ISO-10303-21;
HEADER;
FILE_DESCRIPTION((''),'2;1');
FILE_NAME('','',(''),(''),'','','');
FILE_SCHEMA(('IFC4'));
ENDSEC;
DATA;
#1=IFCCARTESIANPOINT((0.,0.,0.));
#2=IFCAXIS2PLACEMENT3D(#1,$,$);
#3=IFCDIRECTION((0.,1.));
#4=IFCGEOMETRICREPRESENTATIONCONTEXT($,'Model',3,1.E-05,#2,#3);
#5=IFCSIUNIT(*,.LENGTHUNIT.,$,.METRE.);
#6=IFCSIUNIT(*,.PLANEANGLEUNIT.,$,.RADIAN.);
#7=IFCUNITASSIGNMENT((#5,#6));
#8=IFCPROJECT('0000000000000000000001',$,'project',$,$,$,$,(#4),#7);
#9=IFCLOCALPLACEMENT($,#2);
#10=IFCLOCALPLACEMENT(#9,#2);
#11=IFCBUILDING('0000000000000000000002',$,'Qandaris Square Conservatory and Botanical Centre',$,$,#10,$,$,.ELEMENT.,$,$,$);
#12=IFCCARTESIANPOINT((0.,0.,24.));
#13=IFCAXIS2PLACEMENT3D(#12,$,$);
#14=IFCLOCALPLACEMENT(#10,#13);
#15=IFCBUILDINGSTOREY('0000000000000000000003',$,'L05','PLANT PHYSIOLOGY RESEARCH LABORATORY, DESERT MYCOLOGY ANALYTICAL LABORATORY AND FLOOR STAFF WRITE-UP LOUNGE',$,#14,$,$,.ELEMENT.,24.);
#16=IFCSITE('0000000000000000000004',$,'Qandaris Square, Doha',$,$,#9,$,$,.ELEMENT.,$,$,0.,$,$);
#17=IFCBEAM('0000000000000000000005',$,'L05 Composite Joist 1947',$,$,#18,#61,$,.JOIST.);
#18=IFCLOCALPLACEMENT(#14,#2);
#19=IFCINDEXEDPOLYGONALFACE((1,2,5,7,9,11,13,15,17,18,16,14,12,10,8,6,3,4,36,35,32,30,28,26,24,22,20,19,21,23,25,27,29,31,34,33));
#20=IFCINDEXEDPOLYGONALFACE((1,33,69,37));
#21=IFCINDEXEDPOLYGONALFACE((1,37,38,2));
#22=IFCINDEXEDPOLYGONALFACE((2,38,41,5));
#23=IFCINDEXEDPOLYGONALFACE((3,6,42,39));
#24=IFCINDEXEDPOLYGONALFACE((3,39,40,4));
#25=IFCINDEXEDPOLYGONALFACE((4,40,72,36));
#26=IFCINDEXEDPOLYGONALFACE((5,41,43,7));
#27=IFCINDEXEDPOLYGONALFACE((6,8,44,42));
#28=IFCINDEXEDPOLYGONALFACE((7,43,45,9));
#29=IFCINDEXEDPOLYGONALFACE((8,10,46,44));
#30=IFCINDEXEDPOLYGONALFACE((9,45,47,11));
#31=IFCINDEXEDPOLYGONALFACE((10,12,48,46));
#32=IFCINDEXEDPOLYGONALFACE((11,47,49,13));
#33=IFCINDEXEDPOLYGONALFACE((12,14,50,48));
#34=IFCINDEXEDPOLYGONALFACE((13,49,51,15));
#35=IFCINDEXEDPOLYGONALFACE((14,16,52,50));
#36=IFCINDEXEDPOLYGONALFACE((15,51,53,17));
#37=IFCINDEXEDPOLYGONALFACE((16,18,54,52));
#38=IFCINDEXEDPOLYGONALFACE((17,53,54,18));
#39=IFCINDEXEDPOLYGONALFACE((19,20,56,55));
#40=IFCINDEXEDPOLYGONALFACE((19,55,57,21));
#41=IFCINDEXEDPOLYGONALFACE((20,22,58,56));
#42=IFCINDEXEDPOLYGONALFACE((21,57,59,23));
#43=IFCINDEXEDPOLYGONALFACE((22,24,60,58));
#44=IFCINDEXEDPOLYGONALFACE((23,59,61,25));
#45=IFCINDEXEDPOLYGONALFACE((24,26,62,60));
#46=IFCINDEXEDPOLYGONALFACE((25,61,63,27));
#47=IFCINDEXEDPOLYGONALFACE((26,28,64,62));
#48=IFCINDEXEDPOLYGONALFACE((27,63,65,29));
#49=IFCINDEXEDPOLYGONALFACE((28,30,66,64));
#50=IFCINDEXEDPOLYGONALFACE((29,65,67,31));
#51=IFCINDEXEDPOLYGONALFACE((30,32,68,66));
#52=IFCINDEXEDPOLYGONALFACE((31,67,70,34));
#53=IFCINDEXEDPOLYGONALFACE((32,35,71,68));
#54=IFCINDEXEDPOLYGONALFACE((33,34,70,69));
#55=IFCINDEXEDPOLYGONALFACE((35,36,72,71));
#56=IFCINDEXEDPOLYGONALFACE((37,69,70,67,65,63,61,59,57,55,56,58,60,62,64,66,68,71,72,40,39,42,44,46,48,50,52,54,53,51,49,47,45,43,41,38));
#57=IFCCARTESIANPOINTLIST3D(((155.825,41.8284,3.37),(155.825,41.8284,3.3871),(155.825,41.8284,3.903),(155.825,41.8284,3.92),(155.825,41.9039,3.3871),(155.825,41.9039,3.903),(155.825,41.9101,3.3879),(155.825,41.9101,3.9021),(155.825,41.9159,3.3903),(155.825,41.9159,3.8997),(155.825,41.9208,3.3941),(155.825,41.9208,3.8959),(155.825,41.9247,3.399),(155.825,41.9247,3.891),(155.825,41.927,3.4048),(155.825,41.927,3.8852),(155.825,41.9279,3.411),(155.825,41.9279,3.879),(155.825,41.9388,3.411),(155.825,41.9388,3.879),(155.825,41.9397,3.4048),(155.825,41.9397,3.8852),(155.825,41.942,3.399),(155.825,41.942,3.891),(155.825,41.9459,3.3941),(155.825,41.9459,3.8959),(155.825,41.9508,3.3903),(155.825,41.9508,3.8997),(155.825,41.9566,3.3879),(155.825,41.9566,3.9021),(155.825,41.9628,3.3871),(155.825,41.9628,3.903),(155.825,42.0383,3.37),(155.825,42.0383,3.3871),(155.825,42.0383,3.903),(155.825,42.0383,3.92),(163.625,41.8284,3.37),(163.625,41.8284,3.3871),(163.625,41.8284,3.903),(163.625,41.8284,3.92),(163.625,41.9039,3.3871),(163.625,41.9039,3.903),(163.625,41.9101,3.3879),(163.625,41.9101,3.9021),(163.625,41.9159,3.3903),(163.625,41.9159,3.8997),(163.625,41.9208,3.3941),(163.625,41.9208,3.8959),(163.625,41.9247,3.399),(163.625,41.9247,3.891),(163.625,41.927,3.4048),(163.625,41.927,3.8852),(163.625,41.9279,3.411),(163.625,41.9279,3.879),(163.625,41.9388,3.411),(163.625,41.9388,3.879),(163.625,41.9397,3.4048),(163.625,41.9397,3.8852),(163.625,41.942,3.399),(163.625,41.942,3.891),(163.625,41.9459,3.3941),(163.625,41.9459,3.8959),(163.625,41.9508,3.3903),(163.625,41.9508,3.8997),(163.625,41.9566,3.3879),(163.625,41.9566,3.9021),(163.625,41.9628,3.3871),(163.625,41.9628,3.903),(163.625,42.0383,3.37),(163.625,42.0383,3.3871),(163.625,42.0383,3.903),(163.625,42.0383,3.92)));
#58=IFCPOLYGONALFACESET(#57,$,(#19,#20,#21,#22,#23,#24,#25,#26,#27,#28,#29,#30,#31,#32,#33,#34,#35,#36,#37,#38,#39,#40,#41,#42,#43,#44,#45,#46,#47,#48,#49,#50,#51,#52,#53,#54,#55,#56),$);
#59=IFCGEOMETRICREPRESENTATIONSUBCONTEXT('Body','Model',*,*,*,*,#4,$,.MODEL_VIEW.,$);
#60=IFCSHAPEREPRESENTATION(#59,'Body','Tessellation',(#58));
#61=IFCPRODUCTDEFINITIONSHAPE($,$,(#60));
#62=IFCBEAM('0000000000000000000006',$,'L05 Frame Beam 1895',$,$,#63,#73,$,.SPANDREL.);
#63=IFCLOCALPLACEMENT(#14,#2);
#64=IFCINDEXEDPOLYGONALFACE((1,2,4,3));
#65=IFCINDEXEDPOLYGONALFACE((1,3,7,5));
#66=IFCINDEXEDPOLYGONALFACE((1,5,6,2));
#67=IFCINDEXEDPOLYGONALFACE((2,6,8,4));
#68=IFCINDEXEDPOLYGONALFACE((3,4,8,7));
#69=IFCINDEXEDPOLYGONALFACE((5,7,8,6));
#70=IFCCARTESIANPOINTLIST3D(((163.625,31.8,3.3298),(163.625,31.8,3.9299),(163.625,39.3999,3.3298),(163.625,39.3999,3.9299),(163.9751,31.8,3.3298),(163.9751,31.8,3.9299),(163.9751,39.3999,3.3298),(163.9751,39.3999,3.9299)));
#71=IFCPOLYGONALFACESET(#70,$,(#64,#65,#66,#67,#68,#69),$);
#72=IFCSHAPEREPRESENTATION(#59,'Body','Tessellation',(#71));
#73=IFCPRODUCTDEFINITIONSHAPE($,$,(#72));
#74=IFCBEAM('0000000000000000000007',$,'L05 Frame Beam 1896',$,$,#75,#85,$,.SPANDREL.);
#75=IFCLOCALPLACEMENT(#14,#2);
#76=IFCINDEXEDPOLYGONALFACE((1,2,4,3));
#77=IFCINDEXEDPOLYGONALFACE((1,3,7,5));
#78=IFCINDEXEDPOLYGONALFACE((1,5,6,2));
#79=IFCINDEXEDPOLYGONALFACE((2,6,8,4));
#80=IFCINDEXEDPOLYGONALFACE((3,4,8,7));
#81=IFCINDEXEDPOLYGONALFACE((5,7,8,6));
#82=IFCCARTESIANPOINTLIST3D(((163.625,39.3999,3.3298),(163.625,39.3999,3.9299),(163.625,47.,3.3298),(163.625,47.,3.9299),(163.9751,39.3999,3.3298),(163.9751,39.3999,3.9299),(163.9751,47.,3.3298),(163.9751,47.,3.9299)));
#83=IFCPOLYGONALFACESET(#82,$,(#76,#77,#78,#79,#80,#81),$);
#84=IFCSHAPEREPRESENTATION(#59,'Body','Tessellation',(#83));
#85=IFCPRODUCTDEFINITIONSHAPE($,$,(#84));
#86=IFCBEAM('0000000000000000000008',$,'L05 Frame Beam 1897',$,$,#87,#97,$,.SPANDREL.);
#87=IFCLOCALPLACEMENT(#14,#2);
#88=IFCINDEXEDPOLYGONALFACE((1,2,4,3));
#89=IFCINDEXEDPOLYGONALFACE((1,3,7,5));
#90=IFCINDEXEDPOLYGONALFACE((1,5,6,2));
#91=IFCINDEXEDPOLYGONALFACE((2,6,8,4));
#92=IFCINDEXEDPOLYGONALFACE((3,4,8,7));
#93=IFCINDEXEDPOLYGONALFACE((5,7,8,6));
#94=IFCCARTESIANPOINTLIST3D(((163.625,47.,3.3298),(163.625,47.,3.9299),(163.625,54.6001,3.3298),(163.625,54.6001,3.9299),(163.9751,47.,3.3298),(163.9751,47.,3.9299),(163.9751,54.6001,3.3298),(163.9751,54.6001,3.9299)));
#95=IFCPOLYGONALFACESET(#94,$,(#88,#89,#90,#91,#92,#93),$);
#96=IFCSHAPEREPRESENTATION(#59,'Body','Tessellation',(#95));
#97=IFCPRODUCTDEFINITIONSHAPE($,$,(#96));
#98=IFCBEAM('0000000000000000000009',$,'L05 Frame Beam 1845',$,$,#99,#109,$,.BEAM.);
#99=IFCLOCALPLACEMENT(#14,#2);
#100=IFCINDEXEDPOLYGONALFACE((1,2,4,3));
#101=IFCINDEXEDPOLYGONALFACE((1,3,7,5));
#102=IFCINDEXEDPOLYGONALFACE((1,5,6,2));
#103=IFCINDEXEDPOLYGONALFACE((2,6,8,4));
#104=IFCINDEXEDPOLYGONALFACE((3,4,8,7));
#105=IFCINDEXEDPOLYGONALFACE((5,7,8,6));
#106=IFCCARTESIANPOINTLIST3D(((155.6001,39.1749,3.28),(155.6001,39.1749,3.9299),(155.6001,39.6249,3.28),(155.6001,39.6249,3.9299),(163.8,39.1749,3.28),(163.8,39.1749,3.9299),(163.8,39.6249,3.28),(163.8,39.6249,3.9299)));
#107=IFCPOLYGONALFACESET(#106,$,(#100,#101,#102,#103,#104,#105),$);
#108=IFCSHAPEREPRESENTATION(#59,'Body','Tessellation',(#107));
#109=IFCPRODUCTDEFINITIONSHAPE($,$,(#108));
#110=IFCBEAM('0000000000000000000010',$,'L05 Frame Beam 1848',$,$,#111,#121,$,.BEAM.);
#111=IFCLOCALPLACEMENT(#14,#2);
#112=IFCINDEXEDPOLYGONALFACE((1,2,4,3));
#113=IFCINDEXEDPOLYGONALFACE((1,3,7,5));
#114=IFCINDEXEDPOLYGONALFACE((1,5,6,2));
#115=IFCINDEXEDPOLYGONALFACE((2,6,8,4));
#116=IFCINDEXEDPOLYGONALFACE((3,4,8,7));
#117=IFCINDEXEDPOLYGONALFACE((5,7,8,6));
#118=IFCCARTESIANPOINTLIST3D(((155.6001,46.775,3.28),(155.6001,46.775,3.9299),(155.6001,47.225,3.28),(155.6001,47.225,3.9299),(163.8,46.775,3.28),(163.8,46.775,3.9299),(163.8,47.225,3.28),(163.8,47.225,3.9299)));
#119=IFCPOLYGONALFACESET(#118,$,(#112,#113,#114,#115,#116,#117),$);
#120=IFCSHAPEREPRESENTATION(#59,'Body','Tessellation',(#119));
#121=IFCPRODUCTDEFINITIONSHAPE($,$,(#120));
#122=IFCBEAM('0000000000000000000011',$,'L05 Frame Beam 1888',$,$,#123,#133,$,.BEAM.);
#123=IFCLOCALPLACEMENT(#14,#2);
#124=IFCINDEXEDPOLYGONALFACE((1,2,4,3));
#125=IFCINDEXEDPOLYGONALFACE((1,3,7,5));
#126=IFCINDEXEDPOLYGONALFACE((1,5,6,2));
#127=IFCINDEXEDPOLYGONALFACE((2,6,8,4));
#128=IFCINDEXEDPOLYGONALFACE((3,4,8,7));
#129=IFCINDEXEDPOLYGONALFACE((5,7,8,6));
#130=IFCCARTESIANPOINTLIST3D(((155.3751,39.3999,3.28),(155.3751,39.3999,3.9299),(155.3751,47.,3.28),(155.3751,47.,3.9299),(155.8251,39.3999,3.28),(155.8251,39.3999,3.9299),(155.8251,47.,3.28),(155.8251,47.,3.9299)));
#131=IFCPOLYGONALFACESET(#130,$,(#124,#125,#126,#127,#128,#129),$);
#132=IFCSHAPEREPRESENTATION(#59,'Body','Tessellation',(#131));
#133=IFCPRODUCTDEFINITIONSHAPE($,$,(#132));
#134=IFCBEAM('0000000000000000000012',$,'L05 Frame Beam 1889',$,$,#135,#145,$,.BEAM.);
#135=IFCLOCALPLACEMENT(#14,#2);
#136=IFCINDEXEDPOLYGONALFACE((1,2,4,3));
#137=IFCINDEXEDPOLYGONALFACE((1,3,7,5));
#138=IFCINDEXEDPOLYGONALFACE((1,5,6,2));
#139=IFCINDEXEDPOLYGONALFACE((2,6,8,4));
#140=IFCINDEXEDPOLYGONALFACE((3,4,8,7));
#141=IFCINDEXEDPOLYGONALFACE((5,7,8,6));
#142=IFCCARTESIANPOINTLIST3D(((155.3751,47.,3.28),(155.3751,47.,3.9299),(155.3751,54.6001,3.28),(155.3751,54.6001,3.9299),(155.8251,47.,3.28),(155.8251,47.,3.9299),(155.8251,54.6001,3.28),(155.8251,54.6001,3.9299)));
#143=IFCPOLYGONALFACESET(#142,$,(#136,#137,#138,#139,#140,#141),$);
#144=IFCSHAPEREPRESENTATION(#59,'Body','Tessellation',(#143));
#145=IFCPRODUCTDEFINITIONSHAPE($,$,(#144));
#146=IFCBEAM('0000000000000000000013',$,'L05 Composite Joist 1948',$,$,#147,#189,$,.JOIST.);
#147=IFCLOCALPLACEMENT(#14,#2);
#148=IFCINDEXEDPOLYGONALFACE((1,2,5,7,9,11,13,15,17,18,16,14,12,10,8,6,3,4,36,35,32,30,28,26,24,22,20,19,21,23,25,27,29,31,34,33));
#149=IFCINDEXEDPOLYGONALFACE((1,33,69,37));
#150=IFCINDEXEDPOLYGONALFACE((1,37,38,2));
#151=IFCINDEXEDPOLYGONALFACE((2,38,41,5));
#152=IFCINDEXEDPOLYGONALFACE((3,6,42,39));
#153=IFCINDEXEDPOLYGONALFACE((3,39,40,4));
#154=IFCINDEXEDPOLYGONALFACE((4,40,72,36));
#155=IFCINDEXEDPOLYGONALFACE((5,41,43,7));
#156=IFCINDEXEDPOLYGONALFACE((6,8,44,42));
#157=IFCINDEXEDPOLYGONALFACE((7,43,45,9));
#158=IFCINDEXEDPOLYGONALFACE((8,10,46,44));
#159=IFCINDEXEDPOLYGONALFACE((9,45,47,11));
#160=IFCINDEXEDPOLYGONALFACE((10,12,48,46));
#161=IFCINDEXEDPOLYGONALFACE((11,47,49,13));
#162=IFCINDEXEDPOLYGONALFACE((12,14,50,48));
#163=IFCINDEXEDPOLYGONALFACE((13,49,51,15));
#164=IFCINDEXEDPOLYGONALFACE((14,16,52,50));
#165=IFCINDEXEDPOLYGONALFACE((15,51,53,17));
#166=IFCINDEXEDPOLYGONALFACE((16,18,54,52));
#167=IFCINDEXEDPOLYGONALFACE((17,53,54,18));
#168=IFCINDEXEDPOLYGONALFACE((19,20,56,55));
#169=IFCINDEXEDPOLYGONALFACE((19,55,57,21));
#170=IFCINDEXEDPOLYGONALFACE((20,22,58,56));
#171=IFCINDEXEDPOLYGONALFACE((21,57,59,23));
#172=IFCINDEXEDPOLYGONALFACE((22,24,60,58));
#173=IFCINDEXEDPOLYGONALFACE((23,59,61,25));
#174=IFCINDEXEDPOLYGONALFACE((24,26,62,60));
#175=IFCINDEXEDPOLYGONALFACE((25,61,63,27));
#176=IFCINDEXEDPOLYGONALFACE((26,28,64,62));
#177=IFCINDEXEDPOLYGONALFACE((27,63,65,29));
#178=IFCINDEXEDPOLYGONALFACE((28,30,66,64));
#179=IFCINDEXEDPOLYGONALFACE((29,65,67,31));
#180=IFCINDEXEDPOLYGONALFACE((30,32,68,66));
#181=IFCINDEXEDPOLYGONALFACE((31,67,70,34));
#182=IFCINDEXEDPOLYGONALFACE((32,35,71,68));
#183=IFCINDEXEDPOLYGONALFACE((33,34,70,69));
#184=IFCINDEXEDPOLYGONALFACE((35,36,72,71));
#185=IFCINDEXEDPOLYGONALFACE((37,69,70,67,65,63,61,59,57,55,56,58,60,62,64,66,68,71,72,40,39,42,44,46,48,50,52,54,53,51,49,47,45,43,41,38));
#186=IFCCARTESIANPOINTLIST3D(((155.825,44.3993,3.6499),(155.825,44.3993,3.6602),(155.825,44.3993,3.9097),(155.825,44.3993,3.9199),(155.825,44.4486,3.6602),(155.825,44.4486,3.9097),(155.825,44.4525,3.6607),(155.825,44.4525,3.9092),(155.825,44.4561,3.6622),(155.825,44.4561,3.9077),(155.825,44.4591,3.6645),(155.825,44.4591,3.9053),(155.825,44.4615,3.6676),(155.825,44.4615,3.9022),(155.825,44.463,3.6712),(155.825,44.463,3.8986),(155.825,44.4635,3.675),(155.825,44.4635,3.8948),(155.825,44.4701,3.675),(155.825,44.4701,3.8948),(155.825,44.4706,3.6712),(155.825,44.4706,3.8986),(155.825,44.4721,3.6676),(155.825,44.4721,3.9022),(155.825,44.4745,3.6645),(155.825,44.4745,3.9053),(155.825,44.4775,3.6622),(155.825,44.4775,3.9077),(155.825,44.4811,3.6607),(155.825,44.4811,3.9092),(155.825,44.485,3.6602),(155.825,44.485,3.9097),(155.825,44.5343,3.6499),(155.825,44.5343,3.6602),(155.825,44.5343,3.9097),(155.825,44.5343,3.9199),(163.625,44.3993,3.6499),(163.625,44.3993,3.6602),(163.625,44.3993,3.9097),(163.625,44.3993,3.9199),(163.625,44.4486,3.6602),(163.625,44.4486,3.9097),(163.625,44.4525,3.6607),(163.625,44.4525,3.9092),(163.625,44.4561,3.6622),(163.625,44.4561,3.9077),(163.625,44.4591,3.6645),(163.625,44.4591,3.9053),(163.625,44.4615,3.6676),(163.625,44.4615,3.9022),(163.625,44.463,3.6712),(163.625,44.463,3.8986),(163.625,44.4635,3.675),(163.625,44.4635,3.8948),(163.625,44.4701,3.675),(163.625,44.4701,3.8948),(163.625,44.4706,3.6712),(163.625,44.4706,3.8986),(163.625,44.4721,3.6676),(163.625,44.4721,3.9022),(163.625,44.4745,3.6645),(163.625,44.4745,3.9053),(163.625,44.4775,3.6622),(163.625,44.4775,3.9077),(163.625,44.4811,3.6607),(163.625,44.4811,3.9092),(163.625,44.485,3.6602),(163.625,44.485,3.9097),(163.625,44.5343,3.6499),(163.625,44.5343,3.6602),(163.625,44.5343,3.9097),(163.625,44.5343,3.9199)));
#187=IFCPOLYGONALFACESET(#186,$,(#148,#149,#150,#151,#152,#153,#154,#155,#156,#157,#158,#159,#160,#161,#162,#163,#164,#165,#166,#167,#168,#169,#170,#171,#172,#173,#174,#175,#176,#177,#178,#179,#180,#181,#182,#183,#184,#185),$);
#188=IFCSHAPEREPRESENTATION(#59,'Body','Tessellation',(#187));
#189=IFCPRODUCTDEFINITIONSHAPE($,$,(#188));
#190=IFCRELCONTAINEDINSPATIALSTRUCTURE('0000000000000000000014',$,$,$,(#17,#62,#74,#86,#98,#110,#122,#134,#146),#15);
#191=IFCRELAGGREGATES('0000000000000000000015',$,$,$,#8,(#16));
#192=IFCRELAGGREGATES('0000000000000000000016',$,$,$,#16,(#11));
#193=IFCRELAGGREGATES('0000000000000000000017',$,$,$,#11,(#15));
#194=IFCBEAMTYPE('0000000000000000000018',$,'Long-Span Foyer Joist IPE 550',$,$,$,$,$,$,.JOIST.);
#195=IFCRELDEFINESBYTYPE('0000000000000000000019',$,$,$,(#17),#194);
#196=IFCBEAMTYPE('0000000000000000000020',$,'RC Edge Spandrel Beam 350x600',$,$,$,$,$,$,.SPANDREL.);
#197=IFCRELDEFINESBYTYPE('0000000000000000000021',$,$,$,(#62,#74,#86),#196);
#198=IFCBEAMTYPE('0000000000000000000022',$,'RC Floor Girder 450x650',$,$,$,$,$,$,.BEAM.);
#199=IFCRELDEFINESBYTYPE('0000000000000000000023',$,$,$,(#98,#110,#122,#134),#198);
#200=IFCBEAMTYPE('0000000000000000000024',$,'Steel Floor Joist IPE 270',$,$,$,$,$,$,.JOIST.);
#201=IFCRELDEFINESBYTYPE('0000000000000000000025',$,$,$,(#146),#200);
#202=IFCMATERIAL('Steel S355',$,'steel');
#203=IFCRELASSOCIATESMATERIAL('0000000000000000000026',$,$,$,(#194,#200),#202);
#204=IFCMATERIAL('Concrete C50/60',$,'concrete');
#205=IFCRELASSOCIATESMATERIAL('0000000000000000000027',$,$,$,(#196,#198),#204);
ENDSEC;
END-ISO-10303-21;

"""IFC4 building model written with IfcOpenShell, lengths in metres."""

from ifc_helpers import new_model, si_unit, direction, frame, origin, origin_2d, place, context, subcontext, project, spatial, rectangle, i_section, extrude, material, material_profile, profile_set, type_object, element, save


model = new_model("IFC4")

# Units and contexts
model_context = context("Model", 3, precision=1e-05, world=origin(), true_north=direction((0.0, 1.0)))
body_context = subcontext(model_context, "Body", "Model", "MODEL_VIEW")
ifc_project = project(units=[si_unit("LENGTHUNIT", "METRE"), si_unit("PLANEANGLEUNIT", "RADIAN")], contexts=[model_context])

# Site, building, storey
site_placement = place(None, origin())
site = spatial("IfcSite", under=ifc_project, at=site_placement, Name="Qandaris Square, Doha", CompositionType="ELEMENT", RefElevation=0.0)
building_placement = place(site_placement, origin())
building = spatial("IfcBuilding", under=site, at=building_placement, Name="Qandaris Square Conservatory and Botanical Centre", CompositionType="ELEMENT")
storey_placement = place(building_placement, frame((0.0, 0.0, 24.0)))
storey = spatial("IfcBuildingStorey", under=building, at=storey_placement, Name="L05", Description="PLANT PHYSIOLOGY RESEARCH LABORATORY, DESERT MYCOLOGY ANALYTICAL LABORATORY AND FLOOR STAFF WRITE-UP LOUNGE", CompositionType="ELEMENT", Elevation=24.0)

# Shared definitions
ifc_material_1 = material(Name="Concrete C50/60", Category="concrete")

# Shared definitions
ifc_material_2 = material(Name="Steel S355", Category="steel")

# Beams
ifc_material_profile_1 = material_profile(ifc_material_2, i_section(OverallWidth=0.21, OverallDepth=0.55, WebThickness=0.011, FlangeThickness=0.0171, FilletRadius=0.0239, at=origin_2d()), Name="IPE 550")
ifc_profile_set_1 = profile_set([ifc_material_profile_1], Name="Steel S355")
beam_type_1 = type_object("IfcBeamType", Name="Long-Span Foyer Joist IPE 550", PredefinedType="JOIST", material=ifc_profile_set_1)
for number, where, z_axis, x_axis, name in (
    (1, (155.825, 41.9333, 3.645), (1.0, 0.0, 0.0), (0.0, 1.0, 0.0), "L05 Composite Joist 1947"),
):
    element("IfcBeam", number, at=place(storey_placement, frame(where, z_axis=z_axis, x_axis=x_axis)), inside=storey, type_object=beam_type_1, Name=name, PredefinedType="JOIST", context=body_context, shape_type="SweptSolid", body=[
        extrude(i_section(OverallWidth=0.21, OverallDepth=0.55, WebThickness=0.011, FlangeThickness=0.0171, FilletRadius=0.0239, at=origin_2d()), origin(), (0.0, 0.0, 1.0), 7.8),
    ])
ifc_material_profile_2 = material_profile(ifc_material_1, rectangle(XDim=0.3501, YDim=0.6001, at=origin_2d()), Name="RC-SP 350x600")
ifc_profile_set_2 = profile_set([ifc_material_profile_2], Name="Concrete C50/60")
beam_type_2 = type_object("IfcBeamType", Name="RC Edge Spandrel Beam 350x600", PredefinedType="SPANDREL", material=ifc_profile_set_2)
beam_1_placement = place(storey_placement, frame((163.8, 31.8, 3.6299), z_axis=(0.0, 1.0, 0.0), x_axis=(-1.0, 0.0, 0.0)))
element("IfcBeam", 2, at=beam_1_placement, inside=storey, type_object=beam_type_2, Name="L05 Frame Beam 1895", PredefinedType="SPANDREL", context=body_context, shape_type="SweptSolid", body=[
    extrude(rectangle(XDim=0.3501, YDim=0.6001, at=origin_2d()), origin(), (0.0, 0.0, 1.0), 7.5999),
])
for number, where, z_axis, x_axis, name in (
    (3, (163.8, 39.3999, 3.6299), (0.0, 1.0, 0.0), (-1.0, 0.0, 0.0), "L05 Frame Beam 1896"),
    (4, (163.8, 47.0, 3.6299), (0.0, 1.0, 0.0), (-1.0, 0.0, 0.0), "L05 Frame Beam 1897"),
):
    element("IfcBeam", number, at=place(storey_placement, frame(where, z_axis=z_axis, x_axis=x_axis)), inside=storey, type_object=beam_type_2, Name=name, PredefinedType="SPANDREL", context=body_context, shape_type="SweptSolid", body=[
        extrude(rectangle(XDim=0.3501, YDim=0.6001, at=origin_2d()), origin(), (0.0, 0.0, 1.0), 7.6001),
    ])
ifc_material_profile_3 = material_profile(ifc_material_1, rectangle(XDim=0.45, YDim=0.6499, at=origin_2d()), Name="RC-BM 450x650")
ifc_profile_set_3 = profile_set([ifc_material_profile_3], Name="Concrete C50/60")
beam_type_3 = type_object("IfcBeamType", Name="RC Floor Girder 450x650", PredefinedType="BEAM", material=ifc_profile_set_3)
for number, where, z_axis, x_axis, name in (
    (5, (155.6001, 39.3999, 3.605), (1.0, 0.0, 0.0), (0.0, 1.0, 0.0), "L05 Frame Beam 1845"),
    (6, (155.6001, 47.0, 3.605), (1.0, 0.0, 0.0), (0.0, 1.0, 0.0), "L05 Frame Beam 1848"),
):
    element("IfcBeam", number, at=place(storey_placement, frame(where, z_axis=z_axis, x_axis=x_axis)), inside=storey, type_object=beam_type_3, Name=name, PredefinedType="BEAM", context=body_context, shape_type="SweptSolid", body=[
        extrude(rectangle(XDim=0.45, YDim=0.6499, at=origin_2d()), origin(), (0.0, 0.0, 1.0), 8.2),
    ])
for number, where, z_axis, x_axis, name in (
    (7, (155.6001, 39.3999, 3.605), (0.0, 1.0, 0.0), (-1.0, 0.0, 0.0), "L05 Frame Beam 1888"),
    (8, (155.6001, 47.0, 3.605), (0.0, 1.0, 0.0), (-1.0, 0.0, 0.0), "L05 Frame Beam 1889"),
):
    element("IfcBeam", number, at=place(storey_placement, frame(where, z_axis=z_axis, x_axis=x_axis)), inside=storey, type_object=beam_type_3, Name=name, PredefinedType="BEAM", context=body_context, shape_type="SweptSolid", body=[
        extrude(rectangle(XDim=0.45, YDim=0.6499, at=origin_2d()), origin(), (0.0, 0.0, 1.0), 7.6001),
    ])
ifc_material_profile_4 = material_profile(ifc_material_2, i_section(OverallWidth=0.135, OverallDepth=0.27, WebThickness=0.0066, FlangeThickness=0.0103, FilletRadius=0.0149, at=origin_2d()), Name="IPE 270")
ifc_profile_set_4 = profile_set([ifc_material_profile_4], Name="Steel S355")
beam_type_4 = type_object("IfcBeamType", Name="Steel Floor Joist IPE 270", PredefinedType="JOIST", material=ifc_profile_set_4)
beam_2_placement = place(storey_placement, frame((155.825, 44.4668, 3.7849), z_axis=(1.0, 0.0, 0.0), x_axis=(0.0, 1.0, 0.0)))
element("IfcBeam", 9, at=beam_2_placement, inside=storey, type_object=beam_type_4, Name="L05 Composite Joist 1948", PredefinedType="JOIST", context=body_context, shape_type="SweptSolid", body=[
    extrude(i_section(OverallWidth=0.135, OverallDepth=0.27, WebThickness=0.0066, FlangeThickness=0.0103, FilletRadius=0.0149, at=origin_2d()), origin(), (0.0, 0.0, 1.0), 7.8),
])

save(model, "model.ifc")
